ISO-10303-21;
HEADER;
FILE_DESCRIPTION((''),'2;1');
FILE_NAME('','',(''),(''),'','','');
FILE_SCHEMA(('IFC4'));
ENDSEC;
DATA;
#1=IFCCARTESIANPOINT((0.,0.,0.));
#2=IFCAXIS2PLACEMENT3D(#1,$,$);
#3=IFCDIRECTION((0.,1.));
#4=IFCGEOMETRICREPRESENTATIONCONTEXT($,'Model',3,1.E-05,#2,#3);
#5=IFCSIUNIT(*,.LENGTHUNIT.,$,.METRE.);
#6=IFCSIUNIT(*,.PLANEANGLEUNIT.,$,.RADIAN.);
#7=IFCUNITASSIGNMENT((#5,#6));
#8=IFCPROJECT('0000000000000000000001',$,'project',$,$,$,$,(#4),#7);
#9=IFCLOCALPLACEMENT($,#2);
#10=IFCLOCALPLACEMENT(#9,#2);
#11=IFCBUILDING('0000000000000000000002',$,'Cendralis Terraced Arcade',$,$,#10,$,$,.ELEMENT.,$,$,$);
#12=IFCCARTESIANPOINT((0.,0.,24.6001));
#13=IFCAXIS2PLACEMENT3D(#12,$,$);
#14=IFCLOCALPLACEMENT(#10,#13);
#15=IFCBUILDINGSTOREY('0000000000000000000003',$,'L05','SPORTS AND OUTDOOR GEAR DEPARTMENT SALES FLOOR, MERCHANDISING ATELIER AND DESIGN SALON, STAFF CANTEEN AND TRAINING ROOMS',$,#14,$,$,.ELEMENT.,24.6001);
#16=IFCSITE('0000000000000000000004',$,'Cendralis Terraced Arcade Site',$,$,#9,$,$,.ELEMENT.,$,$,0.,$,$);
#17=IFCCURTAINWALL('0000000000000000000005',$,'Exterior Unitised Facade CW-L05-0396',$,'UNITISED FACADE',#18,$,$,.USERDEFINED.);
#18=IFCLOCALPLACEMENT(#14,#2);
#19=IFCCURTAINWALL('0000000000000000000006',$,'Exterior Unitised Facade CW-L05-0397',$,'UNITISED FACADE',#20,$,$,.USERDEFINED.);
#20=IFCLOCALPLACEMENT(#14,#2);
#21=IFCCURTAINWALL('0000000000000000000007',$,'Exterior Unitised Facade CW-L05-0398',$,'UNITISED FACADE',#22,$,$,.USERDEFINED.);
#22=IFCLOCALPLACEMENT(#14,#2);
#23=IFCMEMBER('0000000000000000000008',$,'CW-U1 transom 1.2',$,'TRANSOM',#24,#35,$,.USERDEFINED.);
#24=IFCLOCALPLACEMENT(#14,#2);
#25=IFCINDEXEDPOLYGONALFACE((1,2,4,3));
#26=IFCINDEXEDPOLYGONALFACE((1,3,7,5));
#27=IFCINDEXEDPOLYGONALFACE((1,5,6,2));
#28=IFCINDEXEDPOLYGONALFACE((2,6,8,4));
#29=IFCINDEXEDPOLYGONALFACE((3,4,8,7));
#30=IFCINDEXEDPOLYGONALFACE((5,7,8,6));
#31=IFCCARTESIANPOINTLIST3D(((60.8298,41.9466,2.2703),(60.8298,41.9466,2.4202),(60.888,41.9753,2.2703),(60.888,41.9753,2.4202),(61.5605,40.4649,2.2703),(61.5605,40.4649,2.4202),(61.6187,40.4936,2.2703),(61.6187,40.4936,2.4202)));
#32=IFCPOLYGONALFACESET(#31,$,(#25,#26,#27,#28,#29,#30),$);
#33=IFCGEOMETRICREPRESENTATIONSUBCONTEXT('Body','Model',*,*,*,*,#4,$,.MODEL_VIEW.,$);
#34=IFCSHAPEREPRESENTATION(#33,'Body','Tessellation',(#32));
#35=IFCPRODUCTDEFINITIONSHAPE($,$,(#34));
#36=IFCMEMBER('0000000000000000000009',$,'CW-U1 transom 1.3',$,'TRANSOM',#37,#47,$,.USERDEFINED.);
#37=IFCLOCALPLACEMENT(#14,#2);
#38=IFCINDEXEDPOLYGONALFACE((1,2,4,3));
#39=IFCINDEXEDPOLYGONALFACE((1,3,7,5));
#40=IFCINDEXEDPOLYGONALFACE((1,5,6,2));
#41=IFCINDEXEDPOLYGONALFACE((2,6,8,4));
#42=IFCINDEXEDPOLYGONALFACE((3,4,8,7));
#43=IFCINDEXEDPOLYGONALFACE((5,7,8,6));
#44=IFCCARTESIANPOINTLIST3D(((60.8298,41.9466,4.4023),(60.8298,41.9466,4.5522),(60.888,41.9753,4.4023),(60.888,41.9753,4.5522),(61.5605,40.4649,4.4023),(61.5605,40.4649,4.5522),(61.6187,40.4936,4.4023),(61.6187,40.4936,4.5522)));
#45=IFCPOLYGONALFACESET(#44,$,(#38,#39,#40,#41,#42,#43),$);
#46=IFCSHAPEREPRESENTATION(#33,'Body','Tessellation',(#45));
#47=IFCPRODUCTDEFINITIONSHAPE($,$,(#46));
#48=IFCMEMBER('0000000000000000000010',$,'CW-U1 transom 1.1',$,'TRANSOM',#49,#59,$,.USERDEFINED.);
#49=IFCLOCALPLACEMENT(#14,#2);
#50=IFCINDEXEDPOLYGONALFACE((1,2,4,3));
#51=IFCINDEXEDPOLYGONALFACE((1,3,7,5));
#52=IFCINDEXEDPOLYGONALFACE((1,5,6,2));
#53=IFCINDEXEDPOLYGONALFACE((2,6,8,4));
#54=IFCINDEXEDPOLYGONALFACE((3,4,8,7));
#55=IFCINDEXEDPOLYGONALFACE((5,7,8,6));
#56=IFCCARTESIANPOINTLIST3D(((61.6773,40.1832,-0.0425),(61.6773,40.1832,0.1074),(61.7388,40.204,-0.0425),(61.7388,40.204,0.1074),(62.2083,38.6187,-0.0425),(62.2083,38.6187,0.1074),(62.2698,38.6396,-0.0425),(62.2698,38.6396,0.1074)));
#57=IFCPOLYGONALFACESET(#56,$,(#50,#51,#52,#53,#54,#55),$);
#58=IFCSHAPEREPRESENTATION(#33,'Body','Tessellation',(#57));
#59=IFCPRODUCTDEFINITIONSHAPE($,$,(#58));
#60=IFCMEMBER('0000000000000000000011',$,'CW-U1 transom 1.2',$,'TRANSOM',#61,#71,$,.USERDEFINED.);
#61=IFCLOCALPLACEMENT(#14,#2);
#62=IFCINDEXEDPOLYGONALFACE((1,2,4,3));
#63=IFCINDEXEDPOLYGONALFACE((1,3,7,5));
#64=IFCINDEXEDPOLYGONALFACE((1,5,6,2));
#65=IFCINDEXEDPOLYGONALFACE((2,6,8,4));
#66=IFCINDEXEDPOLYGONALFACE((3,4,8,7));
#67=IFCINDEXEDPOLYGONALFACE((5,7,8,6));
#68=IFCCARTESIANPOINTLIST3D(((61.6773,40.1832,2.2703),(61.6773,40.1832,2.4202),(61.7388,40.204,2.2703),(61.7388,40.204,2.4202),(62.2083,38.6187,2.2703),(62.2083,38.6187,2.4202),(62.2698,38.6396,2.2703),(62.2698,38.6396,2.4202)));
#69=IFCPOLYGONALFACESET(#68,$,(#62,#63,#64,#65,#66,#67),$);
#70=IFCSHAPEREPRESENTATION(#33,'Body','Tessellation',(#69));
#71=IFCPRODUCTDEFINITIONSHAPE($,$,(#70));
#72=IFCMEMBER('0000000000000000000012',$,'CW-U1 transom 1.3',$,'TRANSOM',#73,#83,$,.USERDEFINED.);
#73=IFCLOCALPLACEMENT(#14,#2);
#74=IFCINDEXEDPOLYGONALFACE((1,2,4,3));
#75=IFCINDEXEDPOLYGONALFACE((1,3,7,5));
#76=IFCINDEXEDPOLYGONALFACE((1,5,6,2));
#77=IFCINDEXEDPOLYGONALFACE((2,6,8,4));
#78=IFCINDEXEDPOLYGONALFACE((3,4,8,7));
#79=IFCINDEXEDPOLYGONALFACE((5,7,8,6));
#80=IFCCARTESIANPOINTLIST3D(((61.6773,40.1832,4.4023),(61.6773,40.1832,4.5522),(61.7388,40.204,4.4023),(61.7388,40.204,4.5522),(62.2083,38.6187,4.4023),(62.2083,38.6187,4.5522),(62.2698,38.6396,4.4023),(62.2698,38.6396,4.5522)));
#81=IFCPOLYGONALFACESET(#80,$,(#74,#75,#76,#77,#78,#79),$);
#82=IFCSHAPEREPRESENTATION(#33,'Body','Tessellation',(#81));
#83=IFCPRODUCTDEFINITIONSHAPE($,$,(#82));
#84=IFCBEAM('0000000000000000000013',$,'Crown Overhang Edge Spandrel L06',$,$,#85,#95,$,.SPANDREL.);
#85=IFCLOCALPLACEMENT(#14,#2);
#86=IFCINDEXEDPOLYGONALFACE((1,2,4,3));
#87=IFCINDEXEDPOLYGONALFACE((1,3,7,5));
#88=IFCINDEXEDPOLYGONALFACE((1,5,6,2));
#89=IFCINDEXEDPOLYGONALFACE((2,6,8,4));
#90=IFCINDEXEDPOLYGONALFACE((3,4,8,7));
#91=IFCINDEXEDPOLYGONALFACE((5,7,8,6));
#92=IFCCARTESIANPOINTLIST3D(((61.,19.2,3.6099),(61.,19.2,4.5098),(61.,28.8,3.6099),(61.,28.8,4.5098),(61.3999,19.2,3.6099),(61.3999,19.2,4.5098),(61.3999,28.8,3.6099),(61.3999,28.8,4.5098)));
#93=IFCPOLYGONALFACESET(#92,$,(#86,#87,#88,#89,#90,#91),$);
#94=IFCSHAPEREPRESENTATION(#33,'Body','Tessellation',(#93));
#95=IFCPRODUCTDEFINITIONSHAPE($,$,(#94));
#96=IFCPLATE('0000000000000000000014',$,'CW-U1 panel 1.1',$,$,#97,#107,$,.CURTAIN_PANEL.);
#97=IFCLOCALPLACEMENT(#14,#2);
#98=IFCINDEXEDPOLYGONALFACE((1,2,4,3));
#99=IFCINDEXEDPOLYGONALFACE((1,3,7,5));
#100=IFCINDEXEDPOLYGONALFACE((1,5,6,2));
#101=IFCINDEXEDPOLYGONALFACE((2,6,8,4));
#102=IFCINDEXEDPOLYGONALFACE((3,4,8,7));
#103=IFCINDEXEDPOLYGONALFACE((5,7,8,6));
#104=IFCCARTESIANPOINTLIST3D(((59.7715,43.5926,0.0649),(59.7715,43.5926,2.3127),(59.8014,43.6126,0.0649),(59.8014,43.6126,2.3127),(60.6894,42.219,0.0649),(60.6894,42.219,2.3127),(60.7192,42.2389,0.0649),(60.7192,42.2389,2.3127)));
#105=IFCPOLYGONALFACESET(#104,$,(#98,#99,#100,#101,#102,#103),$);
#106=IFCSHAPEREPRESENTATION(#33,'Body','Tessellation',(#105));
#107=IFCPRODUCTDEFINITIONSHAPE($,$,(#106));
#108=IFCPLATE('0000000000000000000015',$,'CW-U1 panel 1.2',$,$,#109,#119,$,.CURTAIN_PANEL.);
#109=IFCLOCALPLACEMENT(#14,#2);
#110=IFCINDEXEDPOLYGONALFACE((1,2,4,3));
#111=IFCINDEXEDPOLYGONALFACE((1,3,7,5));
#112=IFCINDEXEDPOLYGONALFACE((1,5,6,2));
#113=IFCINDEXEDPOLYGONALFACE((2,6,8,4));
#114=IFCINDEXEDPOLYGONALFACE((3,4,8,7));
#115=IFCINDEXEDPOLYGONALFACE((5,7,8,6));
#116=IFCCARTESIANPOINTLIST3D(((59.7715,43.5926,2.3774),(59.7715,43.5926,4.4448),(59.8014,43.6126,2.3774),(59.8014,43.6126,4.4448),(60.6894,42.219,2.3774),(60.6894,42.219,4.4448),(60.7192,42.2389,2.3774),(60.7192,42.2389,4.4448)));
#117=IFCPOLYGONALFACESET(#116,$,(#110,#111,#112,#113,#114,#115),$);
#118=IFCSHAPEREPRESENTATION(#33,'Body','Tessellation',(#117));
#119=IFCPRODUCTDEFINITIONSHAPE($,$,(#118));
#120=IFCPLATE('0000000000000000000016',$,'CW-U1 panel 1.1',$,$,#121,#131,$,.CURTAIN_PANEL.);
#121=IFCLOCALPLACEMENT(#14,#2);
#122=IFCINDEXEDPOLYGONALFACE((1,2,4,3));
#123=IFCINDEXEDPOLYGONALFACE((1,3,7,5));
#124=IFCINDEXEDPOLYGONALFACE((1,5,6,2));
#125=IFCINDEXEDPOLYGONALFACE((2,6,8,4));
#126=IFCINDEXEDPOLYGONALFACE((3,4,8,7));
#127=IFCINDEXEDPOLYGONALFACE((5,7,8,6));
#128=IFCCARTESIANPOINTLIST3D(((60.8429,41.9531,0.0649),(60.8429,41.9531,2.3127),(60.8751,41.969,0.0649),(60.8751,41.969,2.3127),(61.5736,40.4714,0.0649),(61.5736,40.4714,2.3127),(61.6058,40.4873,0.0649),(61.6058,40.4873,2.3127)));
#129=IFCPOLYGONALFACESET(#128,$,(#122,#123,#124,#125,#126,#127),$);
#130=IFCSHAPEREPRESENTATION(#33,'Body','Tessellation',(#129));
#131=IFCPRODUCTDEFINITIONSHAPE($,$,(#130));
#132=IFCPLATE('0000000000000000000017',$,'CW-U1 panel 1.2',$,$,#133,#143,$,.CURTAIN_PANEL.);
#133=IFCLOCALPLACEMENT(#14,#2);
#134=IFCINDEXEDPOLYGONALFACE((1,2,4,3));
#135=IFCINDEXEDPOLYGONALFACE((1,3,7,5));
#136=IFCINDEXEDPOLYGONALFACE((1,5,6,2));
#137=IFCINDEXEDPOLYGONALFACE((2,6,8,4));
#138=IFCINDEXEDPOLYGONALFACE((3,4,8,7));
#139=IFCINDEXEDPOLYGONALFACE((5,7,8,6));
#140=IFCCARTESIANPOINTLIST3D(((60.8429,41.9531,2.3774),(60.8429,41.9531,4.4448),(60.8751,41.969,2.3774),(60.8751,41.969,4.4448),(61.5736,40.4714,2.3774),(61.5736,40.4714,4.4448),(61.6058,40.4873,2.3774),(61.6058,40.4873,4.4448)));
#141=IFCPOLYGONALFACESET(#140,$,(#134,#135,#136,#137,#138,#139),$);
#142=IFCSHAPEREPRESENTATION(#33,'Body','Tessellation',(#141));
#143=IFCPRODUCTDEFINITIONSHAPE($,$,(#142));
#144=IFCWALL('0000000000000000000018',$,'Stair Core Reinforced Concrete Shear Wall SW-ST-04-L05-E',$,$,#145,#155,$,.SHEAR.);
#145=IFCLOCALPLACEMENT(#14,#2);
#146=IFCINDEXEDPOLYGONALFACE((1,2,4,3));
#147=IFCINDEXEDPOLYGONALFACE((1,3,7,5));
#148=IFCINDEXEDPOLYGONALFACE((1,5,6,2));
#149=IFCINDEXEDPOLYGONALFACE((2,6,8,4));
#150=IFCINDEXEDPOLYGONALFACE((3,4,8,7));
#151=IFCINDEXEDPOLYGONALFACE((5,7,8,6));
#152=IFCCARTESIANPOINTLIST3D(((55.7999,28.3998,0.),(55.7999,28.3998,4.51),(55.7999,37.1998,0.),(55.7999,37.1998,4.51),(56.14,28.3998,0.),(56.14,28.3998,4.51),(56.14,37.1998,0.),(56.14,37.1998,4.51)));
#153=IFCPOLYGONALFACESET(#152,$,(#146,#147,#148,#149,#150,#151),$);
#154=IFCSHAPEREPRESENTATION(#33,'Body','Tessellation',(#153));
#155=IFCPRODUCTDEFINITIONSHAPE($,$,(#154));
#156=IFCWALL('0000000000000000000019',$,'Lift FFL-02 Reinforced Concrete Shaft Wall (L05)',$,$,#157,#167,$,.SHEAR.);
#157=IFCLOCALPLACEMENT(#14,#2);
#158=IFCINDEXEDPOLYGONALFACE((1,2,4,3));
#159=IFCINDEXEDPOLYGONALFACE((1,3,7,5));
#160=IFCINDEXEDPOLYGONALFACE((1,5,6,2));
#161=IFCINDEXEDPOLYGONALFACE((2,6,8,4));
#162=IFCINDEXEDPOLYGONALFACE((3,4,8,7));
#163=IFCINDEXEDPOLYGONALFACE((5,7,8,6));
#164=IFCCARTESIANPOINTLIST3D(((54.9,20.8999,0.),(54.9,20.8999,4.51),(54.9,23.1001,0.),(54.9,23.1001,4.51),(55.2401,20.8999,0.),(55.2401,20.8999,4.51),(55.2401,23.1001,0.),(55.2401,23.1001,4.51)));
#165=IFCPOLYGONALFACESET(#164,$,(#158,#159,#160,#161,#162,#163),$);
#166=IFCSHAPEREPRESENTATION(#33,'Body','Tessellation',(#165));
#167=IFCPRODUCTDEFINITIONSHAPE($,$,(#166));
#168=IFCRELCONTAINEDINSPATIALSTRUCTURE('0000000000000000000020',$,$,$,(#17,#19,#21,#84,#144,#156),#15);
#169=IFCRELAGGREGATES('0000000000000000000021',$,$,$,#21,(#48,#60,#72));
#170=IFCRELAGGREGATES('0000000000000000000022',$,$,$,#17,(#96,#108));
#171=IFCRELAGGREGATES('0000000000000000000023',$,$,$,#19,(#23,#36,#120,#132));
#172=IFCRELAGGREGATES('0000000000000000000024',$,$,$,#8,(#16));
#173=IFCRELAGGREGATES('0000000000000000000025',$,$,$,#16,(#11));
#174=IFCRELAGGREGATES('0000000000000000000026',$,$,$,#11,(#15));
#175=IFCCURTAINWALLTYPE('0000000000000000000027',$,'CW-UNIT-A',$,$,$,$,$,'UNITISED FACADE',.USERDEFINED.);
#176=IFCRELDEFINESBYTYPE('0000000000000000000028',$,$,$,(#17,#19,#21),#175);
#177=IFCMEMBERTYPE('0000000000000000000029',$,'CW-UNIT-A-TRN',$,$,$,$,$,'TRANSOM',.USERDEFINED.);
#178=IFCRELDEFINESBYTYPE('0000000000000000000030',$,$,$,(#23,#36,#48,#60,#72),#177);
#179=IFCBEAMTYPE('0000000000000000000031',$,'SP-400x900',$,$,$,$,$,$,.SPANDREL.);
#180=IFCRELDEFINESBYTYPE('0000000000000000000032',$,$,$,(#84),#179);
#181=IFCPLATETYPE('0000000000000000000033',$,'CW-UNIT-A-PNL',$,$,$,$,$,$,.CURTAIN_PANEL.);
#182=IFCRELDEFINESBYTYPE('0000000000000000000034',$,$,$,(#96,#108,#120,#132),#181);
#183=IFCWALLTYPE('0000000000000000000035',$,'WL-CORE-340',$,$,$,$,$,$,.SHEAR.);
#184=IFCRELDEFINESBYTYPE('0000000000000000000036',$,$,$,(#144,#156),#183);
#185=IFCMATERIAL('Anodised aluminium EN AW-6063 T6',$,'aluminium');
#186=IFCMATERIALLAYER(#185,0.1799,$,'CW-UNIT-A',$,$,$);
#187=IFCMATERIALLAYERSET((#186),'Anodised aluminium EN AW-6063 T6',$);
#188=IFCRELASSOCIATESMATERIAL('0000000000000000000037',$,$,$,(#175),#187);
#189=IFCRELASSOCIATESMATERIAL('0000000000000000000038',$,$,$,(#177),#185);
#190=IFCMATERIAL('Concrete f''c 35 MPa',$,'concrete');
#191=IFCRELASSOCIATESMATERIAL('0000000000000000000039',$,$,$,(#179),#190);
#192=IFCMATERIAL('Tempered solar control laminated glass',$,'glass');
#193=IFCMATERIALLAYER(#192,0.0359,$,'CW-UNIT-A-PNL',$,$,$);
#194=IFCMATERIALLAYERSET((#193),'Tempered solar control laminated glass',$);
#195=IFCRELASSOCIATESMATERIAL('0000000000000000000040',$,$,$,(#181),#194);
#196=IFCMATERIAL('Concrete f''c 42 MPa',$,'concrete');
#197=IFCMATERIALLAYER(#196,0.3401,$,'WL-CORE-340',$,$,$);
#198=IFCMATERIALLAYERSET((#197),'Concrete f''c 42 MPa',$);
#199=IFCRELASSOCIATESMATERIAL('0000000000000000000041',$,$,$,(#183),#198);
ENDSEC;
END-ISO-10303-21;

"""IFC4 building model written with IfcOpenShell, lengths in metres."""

from ifc_helpers import new_model, si_unit, direction, frame, frame_2d, origin, origin_2d, place, context, subcontext, project, spatial, rectangle, extrude, material, layer, layer_set, material_profile, profile_set, type_object, element, aggregate, save


model = new_model("IFC4")

# Units and contexts
model_context = context("Model", 3, precision=1e-05, world=origin(), true_north=direction((0.0, 1.0)))
body_context = subcontext(model_context, "Body", "Model", "MODEL_VIEW")
ifc_project = project(units=[si_unit("LENGTHUNIT", "METRE"), si_unit("PLANEANGLEUNIT", "RADIAN")], contexts=[model_context])

# Site, building, storey
site_placement = place(None, origin())
site = spatial("IfcSite", under=ifc_project, at=site_placement, Name="Cendralis Terraced Arcade Site", CompositionType="ELEMENT", RefElevation=0.0)
building_placement = place(site_placement, origin())
building = spatial("IfcBuilding", under=site, at=building_placement, Name="Cendralis Terraced Arcade", CompositionType="ELEMENT")
storey_placement = place(building_placement, frame((0.0, 0.0, 24.6001)))
storey = spatial("IfcBuildingStorey", under=building, at=storey_placement, Name="L05", Description="SPORTS AND OUTDOOR GEAR DEPARTMENT SALES FLOOR, MERCHANDISING ATELIER AND DESIGN SALON, STAFF CANTEEN AND TRAINING ROOMS", CompositionType="ELEMENT", Elevation=24.6001)

# Shared definitions
ifc_material_1 = material(Name="Concrete f'c 42 MPa", Category="concrete")

# Shared definitions
ifc_material_2 = material(Name="Concrete f'c 35 MPa", Category="concrete")

# Curtain wall
ifc_material_3 = material(Name="Anodised aluminium EN AW-6063 T6", Category="aluminium")
ifc_layer_1 = layer(ifc_material_3, 0.1799, Name="CW-UNIT-A")
ifc_layer_set_1 = layer_set([ifc_layer_1], Name="Anodised aluminium EN AW-6063 T6")
curtain_wall_type = type_object("IfcCurtainWallType", Name="CW-UNIT-A", ElementType="UNITISED FACADE", PredefinedType="USERDEFINED", material=ifc_layer_set_1)
curtain_wall_1_placement = place(storey_placement, origin())
curtain_wall_1 = element("IfcCurtainWall", 1, at=curtain_wall_1_placement, inside=storey, type_object=curtain_wall_type, Name="Exterior Unitised Facade CW-L05-0396", ObjectType="UNITISED FACADE", PredefinedType="USERDEFINED")

# Curtain wall
curtain_wall_2_placement = place(storey_placement, origin())
curtain_wall_2 = element("IfcCurtainWall", 2, at=curtain_wall_2_placement, inside=storey, type_object=curtain_wall_type, Name="Exterior Unitised Facade CW-L05-0397", ObjectType="UNITISED FACADE", PredefinedType="USERDEFINED")

# Curtain wall
curtain_wall_3_placement = place(storey_placement, origin())
curtain_wall_3 = element("IfcCurtainWall", 3, at=curtain_wall_3_placement, inside=storey, type_object=curtain_wall_type, Name="Exterior Unitised Facade CW-L05-0398", ObjectType="UNITISED FACADE", PredefinedType="USERDEFINED")

# Members
ifc_material_profile_1 = material_profile(ifc_material_3, rectangle(XDim=0.0649, YDim=0.1499, at=origin_2d()), Name="ALU-TRN-65x150")
ifc_profile_set_1 = profile_set([ifc_material_profile_1], Name="Anodised aluminium EN AW-6063 T6")
member_type_1 = type_object("IfcMemberType", Name="CW-UNIT-A-TRN", ElementType="TRANSOM", PredefinedType="USERDEFINED", material=ifc_profile_set_1)
member_1_placement = place(storey_placement, frame((60.8589, 41.9609, 2.3452), z_axis=(0.442301, -0.896867, 0.0), x_axis=(0.896867, 0.442301, 0.0)))
member_1 = element("IfcMember", 4, at=member_1_placement, type_object=member_type_1, Name="CW-U1 transom 1.2", ObjectType="TRANSOM", PredefinedType="USERDEFINED", context=body_context, shape_type="SweptSolid", body=[
    extrude(rectangle(XDim=0.0649, YDim=0.1499, at=origin_2d()), origin(), (0.0, 0.0, 1.0), 1.6521),
])
member_2_placement = place(storey_placement, frame((60.8589, 41.9609, 4.4773), z_axis=(0.442301, -0.896867, 0.0), x_axis=(0.896867, 0.442301, 0.0)))
member_2 = element("IfcMember", 5, at=member_2_placement, type_object=member_type_1, Name="CW-U1 transom 1.3", ObjectType="TRANSOM", PredefinedType="USERDEFINED", context=body_context, shape_type="SweptSolid", body=[
    extrude(rectangle(XDim=0.0649, YDim=0.1499, at=origin_2d()), origin(), (0.0, 0.0, 1.0), 1.6521),
])
member_3_placement = place(storey_placement, frame((61.708, 40.1936, 0.0325), z_axis=(0.32141, -0.94694, 0.0), x_axis=(0.94694, 0.32141, 0.0)))
member_3 = element("IfcMember", 6, at=member_3_placement, type_object=member_type_1, Name="CW-U1 transom 1.1", ObjectType="TRANSOM", PredefinedType="USERDEFINED", context=body_context, shape_type="SweptSolid", body=[
    extrude(rectangle(XDim=0.0649, YDim=0.1499, at=origin_2d()), origin(), (0.0, 0.0, 1.0), 1.6521),
])
member_4_placement = place(storey_placement, frame((61.708, 40.1936, 2.3452), z_axis=(0.32141, -0.94694, 0.0), x_axis=(0.94694, 0.32141, 0.0)))
member_4 = element("IfcMember", 7, at=member_4_placement, type_object=member_type_1, Name="CW-U1 transom 1.2", ObjectType="TRANSOM", PredefinedType="USERDEFINED", context=body_context, shape_type="SweptSolid", body=[
    extrude(rectangle(XDim=0.0649, YDim=0.1499, at=origin_2d()), origin(), (0.0, 0.0, 1.0), 1.6521),
])
member_5_placement = place(storey_placement, frame((61.708, 40.1936, 4.4773), z_axis=(0.32141, -0.94694, 0.0), x_axis=(0.94694, 0.32141, 0.0)))
member_5 = element("IfcMember", 8, at=member_5_placement, type_object=member_type_1, Name="CW-U1 transom 1.3", ObjectType="TRANSOM", PredefinedType="USERDEFINED", context=body_context, shape_type="SweptSolid", body=[
    extrude(rectangle(XDim=0.0649, YDim=0.1499, at=origin_2d()), origin(), (0.0, 0.0, 1.0), 1.6521),
])
aggregate(curtain_wall_3, [member_3, member_4, member_5])

# Beam
ifc_material_profile_2 = material_profile(ifc_material_2, rectangle(XDim=0.3999, YDim=0.8999, at=origin_2d()), Name="RC-SP-400x900", Category="LoadBearing")
ifc_profile_set_2 = profile_set([ifc_material_profile_2], Name="Concrete f'c 35 MPa")
beam_type_1 = type_object("IfcBeamType", Name="SP-400x900", PredefinedType="SPANDREL", material=ifc_profile_set_2)
beam_1_placement = place(storey_placement, frame((61.2, 19.2, 4.0598), z_axis=(0.0, 1.0, 0.0), x_axis=(-1.0, 0.0, 0.0)))
element("IfcBeam", 9, at=beam_1_placement, inside=storey, type_object=beam_type_1, Name="Crown Overhang Edge Spandrel L06", PredefinedType="SPANDREL", context=body_context, shape_type="SweptSolid", body=[
    extrude(rectangle(XDim=0.3999, YDim=0.8999, at=origin_2d()), origin(), (0.0, 0.0, 1.0), 9.6001),
])

# Plates
ifc_material_4 = material(Name="Tempered solar control laminated glass", Category="glass")
ifc_layer_2 = layer(ifc_material_4, 0.0359, Name="CW-UNIT-A-PNL")
ifc_layer_set_2 = layer_set([ifc_layer_2], Name="Tempered solar control laminated glass")
plate_type = type_object("IfcPlateType", Name="CW-UNIT-A-PNL", PredefinedType="CURTAIN_PANEL", material=ifc_layer_set_2)
plate_1_placement = place(storey_placement, frame((60.2454, 42.9158, 0.0649), z_axis=(0.0, 0.0, 1.0), x_axis=(0.555567, -0.831471, 0.0)))
plate_1 = element("IfcPlate", 10, at=plate_1_placement, type_object=plate_type, Name="CW-U1 panel 1.1", PredefinedType="CURTAIN_PANEL", context=body_context, shape_type="SweptSolid", body=[
    extrude(rectangle(XDim=1.6521, YDim=0.0359, at=origin_2d()), origin(), (0.0, 0.0, 1.0), 2.2478),
])
plate_2_placement = place(storey_placement, frame((60.2454, 42.9158, 2.3774), z_axis=(0.0, 0.0, 1.0), x_axis=(0.555567, -0.831471, 0.0)))
plate_2 = element("IfcPlate", 11, at=plate_2_placement, type_object=plate_type, Name="CW-U1 panel 1.2", PredefinedType="CURTAIN_PANEL", context=body_context, shape_type="SweptSolid", body=[
    extrude(rectangle(XDim=1.6521, YDim=0.0359, at=origin_2d()), origin(), (0.0, 0.0, 1.0), 2.0674),
])
aggregate(curtain_wall_1, [plate_1, plate_2])
plate_3_placement = place(storey_placement, frame((61.2244, 41.2202, 0.0649), z_axis=(0.0, 0.0, 1.0), x_axis=(0.442291, -0.896871, 0.0)))
plate_3 = element("IfcPlate", 12, at=plate_3_placement, type_object=plate_type, Name="CW-U1 panel 1.1", PredefinedType="CURTAIN_PANEL", context=body_context, shape_type="SweptSolid", body=[
    extrude(rectangle(XDim=1.6521, YDim=0.0359, at=origin_2d()), origin(), (0.0, 0.0, 1.0), 2.2478),
])
plate_4_placement = place(storey_placement, frame((61.2244, 41.2202, 2.3774), z_axis=(0.0, 0.0, 1.0), x_axis=(0.442291, -0.896871, 0.0)))
plate_4 = element("IfcPlate", 13, at=plate_4_placement, type_object=plate_type, Name="CW-U1 panel 1.2", PredefinedType="CURTAIN_PANEL", context=body_context, shape_type="SweptSolid", body=[
    extrude(rectangle(XDim=1.6521, YDim=0.0359, at=origin_2d()), origin(), (0.0, 0.0, 1.0), 2.0674),
])
aggregate(curtain_wall_2, [member_1, member_2, plate_3, plate_4])

# Walls
ifc_layer_3 = layer(ifc_material_1, 0.3401, Name="WL-CORE-340")
ifc_layer_set_3 = layer_set([ifc_layer_3], Name="Concrete f'c 42 MPa")
wall_type = type_object("IfcWallType", Name="WL-CORE-340", PredefinedType="SHEAR", material=ifc_layer_set_3)
wall_1_placement = place(storey_placement, frame((55.97, 28.3999, 0.0), z_axis=(0.0, 0.0, 1.0), x_axis=(0.0, 1.0, 0.0)))
element("IfcWall", 14, at=wall_1_placement, inside=storey, type_object=wall_type, Name="Stair Core Reinforced Concrete Shear Wall SW-ST-04-L05-E", PredefinedType="SHEAR", context=body_context, shape_type="SweptSolid", body=[
    extrude(rectangle(XDim=8.8, YDim=0.3401, at=frame_2d((4.3999, 0.0))), origin(), (0.0, 0.0, 1.0), 4.51),
])
wall_2_placement = place(storey_placement, frame((55.0701, 20.8999, 0.0), z_axis=(0.0, 0.0, 1.0), x_axis=(0.0, 1.0, 0.0)))
element("IfcWall", 15, at=wall_2_placement, inside=storey, type_object=wall_type, Name="Lift FFL-02 Reinforced Concrete Shaft Wall (L05)", PredefinedType="SHEAR", context=body_context, shape_type="SweptSolid", body=[
    extrude(rectangle(XDim=2.2002, YDim=0.3401, at=frame_2d((1.1001, 0.0))), origin(), (0.0, 0.0, 1.0), 4.51),
])

save(model, "model.ifc")
